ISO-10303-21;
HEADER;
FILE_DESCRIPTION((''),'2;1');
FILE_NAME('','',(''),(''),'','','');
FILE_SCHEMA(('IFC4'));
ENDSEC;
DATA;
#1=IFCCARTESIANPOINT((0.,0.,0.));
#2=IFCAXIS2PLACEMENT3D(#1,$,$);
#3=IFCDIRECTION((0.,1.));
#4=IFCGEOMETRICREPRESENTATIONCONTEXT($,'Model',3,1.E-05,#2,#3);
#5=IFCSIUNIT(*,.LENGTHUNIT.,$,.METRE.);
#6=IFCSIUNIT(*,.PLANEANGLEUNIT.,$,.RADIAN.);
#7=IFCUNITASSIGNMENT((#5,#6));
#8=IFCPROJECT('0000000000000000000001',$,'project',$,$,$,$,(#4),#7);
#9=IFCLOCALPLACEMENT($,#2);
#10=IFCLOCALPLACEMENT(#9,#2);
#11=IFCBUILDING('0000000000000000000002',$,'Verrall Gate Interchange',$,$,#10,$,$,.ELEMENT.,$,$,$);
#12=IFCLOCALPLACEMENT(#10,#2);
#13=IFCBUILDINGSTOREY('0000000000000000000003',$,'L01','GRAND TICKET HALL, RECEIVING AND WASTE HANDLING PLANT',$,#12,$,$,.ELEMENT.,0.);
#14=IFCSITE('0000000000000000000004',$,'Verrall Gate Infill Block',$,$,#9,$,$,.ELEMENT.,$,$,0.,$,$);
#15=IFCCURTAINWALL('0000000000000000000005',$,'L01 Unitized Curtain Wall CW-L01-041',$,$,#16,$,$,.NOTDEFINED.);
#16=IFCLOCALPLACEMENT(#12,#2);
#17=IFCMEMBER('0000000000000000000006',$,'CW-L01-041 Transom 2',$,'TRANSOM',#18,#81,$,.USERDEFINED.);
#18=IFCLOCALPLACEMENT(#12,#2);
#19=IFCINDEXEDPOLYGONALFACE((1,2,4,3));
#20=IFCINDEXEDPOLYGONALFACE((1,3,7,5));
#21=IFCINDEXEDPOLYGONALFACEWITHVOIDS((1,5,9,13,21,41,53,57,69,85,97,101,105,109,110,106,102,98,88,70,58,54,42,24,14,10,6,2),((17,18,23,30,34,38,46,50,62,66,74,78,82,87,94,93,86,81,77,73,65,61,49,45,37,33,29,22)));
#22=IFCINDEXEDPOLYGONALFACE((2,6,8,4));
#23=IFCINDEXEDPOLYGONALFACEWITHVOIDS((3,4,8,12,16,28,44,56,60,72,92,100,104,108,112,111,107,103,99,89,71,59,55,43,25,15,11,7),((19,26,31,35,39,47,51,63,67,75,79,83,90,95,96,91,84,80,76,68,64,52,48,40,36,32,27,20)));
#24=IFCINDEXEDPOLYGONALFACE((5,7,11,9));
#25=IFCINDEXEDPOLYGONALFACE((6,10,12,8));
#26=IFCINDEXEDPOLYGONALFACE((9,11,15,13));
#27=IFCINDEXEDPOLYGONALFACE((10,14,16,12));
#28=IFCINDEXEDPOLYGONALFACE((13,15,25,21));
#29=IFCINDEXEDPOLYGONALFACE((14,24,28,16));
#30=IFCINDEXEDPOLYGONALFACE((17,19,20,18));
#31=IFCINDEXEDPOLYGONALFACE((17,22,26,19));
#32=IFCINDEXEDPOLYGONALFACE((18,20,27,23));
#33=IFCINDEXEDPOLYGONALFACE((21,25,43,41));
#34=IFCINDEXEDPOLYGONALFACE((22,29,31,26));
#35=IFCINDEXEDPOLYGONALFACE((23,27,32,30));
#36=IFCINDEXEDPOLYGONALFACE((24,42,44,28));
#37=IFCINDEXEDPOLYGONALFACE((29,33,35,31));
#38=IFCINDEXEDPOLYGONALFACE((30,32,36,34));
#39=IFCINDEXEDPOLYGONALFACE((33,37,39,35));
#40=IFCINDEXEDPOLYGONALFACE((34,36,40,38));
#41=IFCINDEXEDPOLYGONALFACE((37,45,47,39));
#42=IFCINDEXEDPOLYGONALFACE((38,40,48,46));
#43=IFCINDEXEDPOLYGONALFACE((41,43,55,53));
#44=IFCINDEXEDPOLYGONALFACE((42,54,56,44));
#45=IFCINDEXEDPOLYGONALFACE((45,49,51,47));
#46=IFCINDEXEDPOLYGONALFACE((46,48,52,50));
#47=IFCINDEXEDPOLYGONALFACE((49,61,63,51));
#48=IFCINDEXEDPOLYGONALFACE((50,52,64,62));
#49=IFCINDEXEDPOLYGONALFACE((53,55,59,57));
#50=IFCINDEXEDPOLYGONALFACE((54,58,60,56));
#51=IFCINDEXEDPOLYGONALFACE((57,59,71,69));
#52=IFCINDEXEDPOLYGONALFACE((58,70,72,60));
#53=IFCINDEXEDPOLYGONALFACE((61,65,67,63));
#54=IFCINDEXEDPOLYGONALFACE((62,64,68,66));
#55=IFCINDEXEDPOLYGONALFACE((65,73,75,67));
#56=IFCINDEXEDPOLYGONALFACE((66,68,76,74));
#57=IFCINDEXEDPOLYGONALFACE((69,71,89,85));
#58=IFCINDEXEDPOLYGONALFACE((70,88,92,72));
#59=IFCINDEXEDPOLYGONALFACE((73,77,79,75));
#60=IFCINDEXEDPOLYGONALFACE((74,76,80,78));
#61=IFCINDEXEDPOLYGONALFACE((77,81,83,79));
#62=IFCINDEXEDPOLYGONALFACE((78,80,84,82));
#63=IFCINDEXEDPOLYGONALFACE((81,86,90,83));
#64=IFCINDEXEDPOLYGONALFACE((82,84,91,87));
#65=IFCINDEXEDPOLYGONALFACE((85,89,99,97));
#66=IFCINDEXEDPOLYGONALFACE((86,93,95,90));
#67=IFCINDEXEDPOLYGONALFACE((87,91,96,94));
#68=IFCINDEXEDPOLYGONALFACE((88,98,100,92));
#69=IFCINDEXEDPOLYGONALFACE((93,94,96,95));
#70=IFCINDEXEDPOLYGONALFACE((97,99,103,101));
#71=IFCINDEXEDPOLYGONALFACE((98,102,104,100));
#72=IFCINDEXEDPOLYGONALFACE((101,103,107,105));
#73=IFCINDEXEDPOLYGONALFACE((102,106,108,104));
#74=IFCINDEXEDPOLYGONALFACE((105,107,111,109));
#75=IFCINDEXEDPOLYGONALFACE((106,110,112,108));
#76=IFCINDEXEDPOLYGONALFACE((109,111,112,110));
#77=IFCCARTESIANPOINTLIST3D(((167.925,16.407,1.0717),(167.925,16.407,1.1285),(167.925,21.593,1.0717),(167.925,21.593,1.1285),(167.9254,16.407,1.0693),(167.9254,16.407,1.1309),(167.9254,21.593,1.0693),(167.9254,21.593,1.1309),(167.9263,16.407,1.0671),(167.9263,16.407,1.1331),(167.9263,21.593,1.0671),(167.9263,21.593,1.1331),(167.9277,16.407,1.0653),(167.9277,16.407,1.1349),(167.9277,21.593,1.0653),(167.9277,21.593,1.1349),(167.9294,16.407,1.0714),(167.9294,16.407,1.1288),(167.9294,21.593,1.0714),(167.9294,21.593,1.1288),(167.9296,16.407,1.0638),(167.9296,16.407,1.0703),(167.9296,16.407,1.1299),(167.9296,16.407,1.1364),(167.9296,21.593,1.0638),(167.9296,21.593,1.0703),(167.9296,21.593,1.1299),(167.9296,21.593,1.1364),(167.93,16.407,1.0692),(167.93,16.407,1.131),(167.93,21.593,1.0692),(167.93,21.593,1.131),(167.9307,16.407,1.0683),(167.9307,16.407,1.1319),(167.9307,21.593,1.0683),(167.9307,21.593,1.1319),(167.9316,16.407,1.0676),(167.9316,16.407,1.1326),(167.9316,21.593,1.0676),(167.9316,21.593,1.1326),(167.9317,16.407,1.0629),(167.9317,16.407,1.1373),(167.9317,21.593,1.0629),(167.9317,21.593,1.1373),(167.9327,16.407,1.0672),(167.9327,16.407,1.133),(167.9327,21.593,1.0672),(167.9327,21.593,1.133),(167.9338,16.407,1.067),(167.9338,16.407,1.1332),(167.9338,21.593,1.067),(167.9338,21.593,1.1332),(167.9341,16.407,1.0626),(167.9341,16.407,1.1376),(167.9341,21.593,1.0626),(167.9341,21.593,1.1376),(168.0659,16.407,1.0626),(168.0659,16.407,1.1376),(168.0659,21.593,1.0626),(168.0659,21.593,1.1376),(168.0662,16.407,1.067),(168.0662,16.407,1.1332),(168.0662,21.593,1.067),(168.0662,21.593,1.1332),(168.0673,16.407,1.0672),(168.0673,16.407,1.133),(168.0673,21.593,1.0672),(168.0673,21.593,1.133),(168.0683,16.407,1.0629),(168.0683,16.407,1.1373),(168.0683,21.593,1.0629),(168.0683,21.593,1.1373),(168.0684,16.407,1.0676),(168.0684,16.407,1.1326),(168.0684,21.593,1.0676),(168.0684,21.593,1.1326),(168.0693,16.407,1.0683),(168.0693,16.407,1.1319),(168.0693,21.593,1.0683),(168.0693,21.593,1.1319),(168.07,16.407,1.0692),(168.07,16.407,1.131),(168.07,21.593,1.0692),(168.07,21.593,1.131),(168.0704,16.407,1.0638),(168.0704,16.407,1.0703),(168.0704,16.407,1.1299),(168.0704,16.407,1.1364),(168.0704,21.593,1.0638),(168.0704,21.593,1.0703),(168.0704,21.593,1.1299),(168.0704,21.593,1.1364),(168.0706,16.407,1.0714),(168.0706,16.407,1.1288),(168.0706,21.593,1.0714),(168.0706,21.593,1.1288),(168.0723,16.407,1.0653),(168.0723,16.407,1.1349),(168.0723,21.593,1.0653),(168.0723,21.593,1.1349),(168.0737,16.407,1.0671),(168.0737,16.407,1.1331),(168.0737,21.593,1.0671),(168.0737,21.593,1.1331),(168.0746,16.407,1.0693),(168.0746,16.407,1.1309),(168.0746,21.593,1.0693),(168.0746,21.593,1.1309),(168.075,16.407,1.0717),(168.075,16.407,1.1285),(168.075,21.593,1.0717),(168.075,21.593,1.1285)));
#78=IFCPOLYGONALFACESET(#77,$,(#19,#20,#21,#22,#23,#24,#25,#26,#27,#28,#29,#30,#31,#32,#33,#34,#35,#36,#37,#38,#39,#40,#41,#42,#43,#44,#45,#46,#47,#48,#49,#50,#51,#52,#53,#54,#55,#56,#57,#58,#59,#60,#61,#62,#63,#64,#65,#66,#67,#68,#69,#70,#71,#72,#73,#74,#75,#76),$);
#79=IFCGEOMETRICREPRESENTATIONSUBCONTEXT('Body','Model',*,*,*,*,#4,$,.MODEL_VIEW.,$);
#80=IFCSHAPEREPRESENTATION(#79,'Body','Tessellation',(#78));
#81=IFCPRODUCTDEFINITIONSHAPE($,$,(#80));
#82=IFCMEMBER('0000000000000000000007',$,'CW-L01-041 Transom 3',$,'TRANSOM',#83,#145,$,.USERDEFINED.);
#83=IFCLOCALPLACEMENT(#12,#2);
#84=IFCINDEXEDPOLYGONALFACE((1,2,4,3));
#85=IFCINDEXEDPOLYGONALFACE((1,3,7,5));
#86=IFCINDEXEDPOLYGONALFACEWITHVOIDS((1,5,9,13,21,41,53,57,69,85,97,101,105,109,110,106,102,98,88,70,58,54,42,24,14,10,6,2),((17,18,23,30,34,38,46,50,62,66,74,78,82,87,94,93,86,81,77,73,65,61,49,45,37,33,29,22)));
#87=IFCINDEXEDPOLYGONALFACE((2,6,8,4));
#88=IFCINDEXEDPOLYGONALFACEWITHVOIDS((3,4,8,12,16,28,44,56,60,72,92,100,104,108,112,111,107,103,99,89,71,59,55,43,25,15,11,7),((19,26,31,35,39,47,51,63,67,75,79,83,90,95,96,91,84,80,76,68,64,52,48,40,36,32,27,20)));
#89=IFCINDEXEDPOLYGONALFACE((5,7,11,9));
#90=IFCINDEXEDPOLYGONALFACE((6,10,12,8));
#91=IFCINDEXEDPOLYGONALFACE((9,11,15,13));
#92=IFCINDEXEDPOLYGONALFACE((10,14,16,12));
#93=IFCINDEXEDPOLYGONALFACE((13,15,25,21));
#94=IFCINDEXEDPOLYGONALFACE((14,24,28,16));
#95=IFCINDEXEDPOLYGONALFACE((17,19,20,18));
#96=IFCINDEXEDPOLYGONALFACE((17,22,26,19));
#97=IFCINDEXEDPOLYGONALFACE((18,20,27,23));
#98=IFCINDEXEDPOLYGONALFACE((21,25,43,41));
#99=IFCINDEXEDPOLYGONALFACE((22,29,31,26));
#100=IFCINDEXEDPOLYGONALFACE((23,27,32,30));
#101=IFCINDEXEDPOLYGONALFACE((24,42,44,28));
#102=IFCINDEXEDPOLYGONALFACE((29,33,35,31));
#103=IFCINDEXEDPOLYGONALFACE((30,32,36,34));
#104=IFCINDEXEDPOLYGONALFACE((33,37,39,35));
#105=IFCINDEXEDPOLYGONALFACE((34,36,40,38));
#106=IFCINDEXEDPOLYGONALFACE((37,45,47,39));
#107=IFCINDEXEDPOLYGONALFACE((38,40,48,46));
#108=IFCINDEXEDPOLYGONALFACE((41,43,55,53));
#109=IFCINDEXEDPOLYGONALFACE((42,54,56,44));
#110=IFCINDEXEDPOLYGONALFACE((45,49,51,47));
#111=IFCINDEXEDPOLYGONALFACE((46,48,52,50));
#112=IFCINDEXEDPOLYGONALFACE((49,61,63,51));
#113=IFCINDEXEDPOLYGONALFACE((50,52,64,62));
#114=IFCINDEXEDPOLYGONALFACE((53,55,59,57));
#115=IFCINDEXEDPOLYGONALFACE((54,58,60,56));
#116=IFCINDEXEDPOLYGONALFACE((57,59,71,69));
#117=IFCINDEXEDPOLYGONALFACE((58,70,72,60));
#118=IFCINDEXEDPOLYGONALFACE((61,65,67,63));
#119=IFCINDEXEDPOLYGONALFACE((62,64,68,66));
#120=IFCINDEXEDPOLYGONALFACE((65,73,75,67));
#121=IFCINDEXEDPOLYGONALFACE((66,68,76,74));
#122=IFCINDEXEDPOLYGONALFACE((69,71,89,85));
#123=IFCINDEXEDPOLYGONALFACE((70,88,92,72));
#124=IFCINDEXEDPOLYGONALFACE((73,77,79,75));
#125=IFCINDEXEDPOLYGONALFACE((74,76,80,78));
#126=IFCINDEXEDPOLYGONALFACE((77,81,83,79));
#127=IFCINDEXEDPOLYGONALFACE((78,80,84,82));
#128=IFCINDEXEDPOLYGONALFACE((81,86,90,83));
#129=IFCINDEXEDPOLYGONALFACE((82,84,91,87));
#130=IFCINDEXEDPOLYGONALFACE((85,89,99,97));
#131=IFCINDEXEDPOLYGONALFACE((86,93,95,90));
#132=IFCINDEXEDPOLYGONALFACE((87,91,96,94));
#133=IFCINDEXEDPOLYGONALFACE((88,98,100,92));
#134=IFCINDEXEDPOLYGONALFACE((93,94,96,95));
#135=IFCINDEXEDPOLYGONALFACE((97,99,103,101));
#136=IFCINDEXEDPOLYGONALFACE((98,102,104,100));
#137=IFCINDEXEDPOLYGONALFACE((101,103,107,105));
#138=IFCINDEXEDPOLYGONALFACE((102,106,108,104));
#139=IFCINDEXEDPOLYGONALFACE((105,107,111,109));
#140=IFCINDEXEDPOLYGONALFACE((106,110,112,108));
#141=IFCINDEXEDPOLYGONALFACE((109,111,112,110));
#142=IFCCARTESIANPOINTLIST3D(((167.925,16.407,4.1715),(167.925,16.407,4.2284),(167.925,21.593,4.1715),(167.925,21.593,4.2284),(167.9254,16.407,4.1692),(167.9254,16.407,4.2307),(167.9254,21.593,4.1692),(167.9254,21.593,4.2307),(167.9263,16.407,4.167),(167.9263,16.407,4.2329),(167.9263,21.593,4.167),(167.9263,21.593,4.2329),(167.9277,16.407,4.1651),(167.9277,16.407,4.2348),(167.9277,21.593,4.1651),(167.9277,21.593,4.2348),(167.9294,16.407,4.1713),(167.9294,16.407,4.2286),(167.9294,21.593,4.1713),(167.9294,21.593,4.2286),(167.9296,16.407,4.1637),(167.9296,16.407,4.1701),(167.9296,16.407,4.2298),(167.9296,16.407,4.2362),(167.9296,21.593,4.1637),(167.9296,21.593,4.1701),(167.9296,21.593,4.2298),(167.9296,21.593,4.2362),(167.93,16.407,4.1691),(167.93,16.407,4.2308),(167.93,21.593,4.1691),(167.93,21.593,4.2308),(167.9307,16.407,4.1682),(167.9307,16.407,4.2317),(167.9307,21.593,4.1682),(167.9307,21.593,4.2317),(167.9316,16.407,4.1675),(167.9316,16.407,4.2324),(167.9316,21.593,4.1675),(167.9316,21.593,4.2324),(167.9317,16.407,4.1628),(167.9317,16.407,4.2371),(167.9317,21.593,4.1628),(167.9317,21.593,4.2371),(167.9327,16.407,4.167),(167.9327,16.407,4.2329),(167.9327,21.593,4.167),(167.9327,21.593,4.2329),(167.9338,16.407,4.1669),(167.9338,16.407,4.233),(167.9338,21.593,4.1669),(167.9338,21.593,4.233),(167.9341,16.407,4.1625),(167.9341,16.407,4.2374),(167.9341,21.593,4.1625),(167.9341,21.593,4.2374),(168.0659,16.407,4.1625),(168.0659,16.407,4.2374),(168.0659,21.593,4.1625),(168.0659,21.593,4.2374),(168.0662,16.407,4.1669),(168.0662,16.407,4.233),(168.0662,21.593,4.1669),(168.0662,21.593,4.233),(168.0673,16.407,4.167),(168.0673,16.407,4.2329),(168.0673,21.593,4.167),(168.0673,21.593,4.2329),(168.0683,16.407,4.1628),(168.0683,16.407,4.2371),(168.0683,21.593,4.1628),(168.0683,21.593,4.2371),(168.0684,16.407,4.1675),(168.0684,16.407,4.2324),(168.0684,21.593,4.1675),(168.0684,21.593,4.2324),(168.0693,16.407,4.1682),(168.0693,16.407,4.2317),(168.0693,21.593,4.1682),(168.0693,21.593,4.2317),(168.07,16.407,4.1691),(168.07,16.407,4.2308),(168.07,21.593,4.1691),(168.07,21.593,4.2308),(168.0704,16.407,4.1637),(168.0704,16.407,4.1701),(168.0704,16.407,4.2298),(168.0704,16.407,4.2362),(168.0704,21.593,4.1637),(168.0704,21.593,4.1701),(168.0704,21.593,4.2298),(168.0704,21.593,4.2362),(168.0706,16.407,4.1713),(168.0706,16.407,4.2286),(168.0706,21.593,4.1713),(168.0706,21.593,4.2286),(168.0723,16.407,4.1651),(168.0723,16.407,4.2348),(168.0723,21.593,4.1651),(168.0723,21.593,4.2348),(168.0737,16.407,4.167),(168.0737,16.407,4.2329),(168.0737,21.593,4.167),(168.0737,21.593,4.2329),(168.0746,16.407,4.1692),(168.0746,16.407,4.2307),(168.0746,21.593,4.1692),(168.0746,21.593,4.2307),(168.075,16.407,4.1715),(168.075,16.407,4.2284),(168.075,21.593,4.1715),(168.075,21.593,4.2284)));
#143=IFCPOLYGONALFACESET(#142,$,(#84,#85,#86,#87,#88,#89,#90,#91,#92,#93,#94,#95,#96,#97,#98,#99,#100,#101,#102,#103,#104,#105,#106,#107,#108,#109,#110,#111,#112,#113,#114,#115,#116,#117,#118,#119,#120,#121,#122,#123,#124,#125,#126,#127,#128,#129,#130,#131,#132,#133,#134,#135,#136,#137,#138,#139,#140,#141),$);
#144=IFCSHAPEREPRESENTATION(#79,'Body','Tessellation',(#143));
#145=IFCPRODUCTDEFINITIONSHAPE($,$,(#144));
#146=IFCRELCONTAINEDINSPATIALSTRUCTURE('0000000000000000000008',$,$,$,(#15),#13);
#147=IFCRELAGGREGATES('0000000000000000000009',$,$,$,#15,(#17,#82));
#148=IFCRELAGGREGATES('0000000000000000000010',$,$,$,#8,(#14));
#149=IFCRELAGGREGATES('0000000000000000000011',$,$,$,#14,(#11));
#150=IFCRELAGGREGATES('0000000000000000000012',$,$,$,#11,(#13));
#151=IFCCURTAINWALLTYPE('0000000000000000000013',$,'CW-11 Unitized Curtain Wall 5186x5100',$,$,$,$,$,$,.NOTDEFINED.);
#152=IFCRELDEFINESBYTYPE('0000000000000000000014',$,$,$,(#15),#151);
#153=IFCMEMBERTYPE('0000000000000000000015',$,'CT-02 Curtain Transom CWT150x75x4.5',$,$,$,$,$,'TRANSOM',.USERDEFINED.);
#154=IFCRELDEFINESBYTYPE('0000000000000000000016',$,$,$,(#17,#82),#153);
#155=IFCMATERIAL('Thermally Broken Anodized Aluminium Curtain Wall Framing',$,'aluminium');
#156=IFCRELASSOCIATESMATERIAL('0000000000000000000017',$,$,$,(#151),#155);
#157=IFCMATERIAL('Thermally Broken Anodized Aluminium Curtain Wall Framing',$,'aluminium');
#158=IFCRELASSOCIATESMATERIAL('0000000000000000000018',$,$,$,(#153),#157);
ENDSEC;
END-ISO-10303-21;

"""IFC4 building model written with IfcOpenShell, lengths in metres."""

from ifc_helpers import new_model, si_unit, direction, frame, origin, origin_2d, place, context, subcontext, project, spatial, hollow_rectangle, extrude, material, material_profile, profile_set, type_object, element, aggregate, save


model = new_model("IFC4")

# Units and contexts
model_context = context("Model", 3, precision=1e-05, world=origin(), true_north=direction((0.0, 1.0)))
body_context = subcontext(model_context, "Body", "Model", "MODEL_VIEW")
ifc_project = project(units=[si_unit("LENGTHUNIT", "METRE"), si_unit("PLANEANGLEUNIT", "RADIAN")], contexts=[model_context])

# Site, building, storey
site_placement = place(None, origin())
site = spatial("IfcSite", under=ifc_project, at=site_placement, Name="Verrall Gate Infill Block", CompositionType="ELEMENT", RefElevation=0.0)
building_placement = place(site_placement, origin())
building = spatial("IfcBuilding", under=site, at=building_placement, Name="Verrall Gate Interchange", CompositionType="ELEMENT")
storey_placement = place(building_placement, origin())
storey = spatial("IfcBuildingStorey", under=building, at=storey_placement, Name="L01", Description="GRAND TICKET HALL, RECEIVING AND WASTE HANDLING PLANT", CompositionType="ELEMENT", Elevation=0.0)

# Curtain wall, members
ifc_material_1 = material(Name="Thermally Broken Anodized Aluminium Curtain Wall Framing", Category="aluminium")
curtain_wall_type = type_object("IfcCurtainWallType", Name="CW-11 Unitized Curtain Wall 5186x5100", PredefinedType="NOTDEFINED", material=ifc_material_1)
curtain_wall_placement = place(storey_placement, origin())
curtain_wall = element("IfcCurtainWall", 1, at=curtain_wall_placement, inside=storey, type_object=curtain_wall_type, Name="L01 Unitized Curtain Wall CW-L01-041", PredefinedType="NOTDEFINED")
ifc_material_2 = material(Name="Thermally Broken Anodized Aluminium Curtain Wall Framing", Category="aluminium")
ifc_material_profile_1 = material_profile(ifc_material_2, hollow_rectangle(XDim=0.1499, YDim=0.075, WallThickness=0.0044, InnerFilletRadius=0.0044, OuterFilletRadius=0.009, at=origin_2d()), Name="CWT150x75x4.5")
ifc_profile_set_1 = profile_set([ifc_material_profile_1], Name="Thermally Broken Anodized Aluminium Curtain Wall Framing")
member_type_1 = type_object("IfcMemberType", Name="CT-02 Curtain Transom CWT150x75x4.5", ElementType="TRANSOM", PredefinedType="USERDEFINED", material=ifc_profile_set_1)
member_1_placement = place(storey_placement, frame((168.0, 16.407, 1.1001), z_axis=(0.0, 1.0, 0.0), x_axis=(-1.0, 0.0, 0.0)))
member_1 = element("IfcMember", 2, at=member_1_placement, type_object=member_type_1, Name="CW-L01-041 Transom 2", ObjectType="TRANSOM", PredefinedType="USERDEFINED", context=body_context, shape_type="SweptSolid", body=[
    extrude(hollow_rectangle(XDim=0.1499, YDim=0.075, WallThickness=0.0044, InnerFilletRadius=0.0044, OuterFilletRadius=0.009, at=origin_2d()), origin(), (0.0, 0.0, 1.0), 5.186),
])
member_2_placement = place(storey_placement, frame((168.0, 16.407, 4.2), z_axis=(0.0, 1.0, 0.0), x_axis=(-1.0, 0.0, 0.0)))
member_2 = element("IfcMember", 3, at=member_2_placement, type_object=member_type_1, Name="CW-L01-041 Transom 3", ObjectType="TRANSOM", PredefinedType="USERDEFINED", context=body_context, shape_type="SweptSolid", body=[
    extrude(hollow_rectangle(XDim=0.1499, YDim=0.075, WallThickness=0.0044, InnerFilletRadius=0.0044, OuterFilletRadius=0.009, at=origin_2d()), origin(), (0.0, 0.0, 1.0), 5.186),
])
aggregate(curtain_wall, [member_1, member_2])

save(model, "model.ifc")
